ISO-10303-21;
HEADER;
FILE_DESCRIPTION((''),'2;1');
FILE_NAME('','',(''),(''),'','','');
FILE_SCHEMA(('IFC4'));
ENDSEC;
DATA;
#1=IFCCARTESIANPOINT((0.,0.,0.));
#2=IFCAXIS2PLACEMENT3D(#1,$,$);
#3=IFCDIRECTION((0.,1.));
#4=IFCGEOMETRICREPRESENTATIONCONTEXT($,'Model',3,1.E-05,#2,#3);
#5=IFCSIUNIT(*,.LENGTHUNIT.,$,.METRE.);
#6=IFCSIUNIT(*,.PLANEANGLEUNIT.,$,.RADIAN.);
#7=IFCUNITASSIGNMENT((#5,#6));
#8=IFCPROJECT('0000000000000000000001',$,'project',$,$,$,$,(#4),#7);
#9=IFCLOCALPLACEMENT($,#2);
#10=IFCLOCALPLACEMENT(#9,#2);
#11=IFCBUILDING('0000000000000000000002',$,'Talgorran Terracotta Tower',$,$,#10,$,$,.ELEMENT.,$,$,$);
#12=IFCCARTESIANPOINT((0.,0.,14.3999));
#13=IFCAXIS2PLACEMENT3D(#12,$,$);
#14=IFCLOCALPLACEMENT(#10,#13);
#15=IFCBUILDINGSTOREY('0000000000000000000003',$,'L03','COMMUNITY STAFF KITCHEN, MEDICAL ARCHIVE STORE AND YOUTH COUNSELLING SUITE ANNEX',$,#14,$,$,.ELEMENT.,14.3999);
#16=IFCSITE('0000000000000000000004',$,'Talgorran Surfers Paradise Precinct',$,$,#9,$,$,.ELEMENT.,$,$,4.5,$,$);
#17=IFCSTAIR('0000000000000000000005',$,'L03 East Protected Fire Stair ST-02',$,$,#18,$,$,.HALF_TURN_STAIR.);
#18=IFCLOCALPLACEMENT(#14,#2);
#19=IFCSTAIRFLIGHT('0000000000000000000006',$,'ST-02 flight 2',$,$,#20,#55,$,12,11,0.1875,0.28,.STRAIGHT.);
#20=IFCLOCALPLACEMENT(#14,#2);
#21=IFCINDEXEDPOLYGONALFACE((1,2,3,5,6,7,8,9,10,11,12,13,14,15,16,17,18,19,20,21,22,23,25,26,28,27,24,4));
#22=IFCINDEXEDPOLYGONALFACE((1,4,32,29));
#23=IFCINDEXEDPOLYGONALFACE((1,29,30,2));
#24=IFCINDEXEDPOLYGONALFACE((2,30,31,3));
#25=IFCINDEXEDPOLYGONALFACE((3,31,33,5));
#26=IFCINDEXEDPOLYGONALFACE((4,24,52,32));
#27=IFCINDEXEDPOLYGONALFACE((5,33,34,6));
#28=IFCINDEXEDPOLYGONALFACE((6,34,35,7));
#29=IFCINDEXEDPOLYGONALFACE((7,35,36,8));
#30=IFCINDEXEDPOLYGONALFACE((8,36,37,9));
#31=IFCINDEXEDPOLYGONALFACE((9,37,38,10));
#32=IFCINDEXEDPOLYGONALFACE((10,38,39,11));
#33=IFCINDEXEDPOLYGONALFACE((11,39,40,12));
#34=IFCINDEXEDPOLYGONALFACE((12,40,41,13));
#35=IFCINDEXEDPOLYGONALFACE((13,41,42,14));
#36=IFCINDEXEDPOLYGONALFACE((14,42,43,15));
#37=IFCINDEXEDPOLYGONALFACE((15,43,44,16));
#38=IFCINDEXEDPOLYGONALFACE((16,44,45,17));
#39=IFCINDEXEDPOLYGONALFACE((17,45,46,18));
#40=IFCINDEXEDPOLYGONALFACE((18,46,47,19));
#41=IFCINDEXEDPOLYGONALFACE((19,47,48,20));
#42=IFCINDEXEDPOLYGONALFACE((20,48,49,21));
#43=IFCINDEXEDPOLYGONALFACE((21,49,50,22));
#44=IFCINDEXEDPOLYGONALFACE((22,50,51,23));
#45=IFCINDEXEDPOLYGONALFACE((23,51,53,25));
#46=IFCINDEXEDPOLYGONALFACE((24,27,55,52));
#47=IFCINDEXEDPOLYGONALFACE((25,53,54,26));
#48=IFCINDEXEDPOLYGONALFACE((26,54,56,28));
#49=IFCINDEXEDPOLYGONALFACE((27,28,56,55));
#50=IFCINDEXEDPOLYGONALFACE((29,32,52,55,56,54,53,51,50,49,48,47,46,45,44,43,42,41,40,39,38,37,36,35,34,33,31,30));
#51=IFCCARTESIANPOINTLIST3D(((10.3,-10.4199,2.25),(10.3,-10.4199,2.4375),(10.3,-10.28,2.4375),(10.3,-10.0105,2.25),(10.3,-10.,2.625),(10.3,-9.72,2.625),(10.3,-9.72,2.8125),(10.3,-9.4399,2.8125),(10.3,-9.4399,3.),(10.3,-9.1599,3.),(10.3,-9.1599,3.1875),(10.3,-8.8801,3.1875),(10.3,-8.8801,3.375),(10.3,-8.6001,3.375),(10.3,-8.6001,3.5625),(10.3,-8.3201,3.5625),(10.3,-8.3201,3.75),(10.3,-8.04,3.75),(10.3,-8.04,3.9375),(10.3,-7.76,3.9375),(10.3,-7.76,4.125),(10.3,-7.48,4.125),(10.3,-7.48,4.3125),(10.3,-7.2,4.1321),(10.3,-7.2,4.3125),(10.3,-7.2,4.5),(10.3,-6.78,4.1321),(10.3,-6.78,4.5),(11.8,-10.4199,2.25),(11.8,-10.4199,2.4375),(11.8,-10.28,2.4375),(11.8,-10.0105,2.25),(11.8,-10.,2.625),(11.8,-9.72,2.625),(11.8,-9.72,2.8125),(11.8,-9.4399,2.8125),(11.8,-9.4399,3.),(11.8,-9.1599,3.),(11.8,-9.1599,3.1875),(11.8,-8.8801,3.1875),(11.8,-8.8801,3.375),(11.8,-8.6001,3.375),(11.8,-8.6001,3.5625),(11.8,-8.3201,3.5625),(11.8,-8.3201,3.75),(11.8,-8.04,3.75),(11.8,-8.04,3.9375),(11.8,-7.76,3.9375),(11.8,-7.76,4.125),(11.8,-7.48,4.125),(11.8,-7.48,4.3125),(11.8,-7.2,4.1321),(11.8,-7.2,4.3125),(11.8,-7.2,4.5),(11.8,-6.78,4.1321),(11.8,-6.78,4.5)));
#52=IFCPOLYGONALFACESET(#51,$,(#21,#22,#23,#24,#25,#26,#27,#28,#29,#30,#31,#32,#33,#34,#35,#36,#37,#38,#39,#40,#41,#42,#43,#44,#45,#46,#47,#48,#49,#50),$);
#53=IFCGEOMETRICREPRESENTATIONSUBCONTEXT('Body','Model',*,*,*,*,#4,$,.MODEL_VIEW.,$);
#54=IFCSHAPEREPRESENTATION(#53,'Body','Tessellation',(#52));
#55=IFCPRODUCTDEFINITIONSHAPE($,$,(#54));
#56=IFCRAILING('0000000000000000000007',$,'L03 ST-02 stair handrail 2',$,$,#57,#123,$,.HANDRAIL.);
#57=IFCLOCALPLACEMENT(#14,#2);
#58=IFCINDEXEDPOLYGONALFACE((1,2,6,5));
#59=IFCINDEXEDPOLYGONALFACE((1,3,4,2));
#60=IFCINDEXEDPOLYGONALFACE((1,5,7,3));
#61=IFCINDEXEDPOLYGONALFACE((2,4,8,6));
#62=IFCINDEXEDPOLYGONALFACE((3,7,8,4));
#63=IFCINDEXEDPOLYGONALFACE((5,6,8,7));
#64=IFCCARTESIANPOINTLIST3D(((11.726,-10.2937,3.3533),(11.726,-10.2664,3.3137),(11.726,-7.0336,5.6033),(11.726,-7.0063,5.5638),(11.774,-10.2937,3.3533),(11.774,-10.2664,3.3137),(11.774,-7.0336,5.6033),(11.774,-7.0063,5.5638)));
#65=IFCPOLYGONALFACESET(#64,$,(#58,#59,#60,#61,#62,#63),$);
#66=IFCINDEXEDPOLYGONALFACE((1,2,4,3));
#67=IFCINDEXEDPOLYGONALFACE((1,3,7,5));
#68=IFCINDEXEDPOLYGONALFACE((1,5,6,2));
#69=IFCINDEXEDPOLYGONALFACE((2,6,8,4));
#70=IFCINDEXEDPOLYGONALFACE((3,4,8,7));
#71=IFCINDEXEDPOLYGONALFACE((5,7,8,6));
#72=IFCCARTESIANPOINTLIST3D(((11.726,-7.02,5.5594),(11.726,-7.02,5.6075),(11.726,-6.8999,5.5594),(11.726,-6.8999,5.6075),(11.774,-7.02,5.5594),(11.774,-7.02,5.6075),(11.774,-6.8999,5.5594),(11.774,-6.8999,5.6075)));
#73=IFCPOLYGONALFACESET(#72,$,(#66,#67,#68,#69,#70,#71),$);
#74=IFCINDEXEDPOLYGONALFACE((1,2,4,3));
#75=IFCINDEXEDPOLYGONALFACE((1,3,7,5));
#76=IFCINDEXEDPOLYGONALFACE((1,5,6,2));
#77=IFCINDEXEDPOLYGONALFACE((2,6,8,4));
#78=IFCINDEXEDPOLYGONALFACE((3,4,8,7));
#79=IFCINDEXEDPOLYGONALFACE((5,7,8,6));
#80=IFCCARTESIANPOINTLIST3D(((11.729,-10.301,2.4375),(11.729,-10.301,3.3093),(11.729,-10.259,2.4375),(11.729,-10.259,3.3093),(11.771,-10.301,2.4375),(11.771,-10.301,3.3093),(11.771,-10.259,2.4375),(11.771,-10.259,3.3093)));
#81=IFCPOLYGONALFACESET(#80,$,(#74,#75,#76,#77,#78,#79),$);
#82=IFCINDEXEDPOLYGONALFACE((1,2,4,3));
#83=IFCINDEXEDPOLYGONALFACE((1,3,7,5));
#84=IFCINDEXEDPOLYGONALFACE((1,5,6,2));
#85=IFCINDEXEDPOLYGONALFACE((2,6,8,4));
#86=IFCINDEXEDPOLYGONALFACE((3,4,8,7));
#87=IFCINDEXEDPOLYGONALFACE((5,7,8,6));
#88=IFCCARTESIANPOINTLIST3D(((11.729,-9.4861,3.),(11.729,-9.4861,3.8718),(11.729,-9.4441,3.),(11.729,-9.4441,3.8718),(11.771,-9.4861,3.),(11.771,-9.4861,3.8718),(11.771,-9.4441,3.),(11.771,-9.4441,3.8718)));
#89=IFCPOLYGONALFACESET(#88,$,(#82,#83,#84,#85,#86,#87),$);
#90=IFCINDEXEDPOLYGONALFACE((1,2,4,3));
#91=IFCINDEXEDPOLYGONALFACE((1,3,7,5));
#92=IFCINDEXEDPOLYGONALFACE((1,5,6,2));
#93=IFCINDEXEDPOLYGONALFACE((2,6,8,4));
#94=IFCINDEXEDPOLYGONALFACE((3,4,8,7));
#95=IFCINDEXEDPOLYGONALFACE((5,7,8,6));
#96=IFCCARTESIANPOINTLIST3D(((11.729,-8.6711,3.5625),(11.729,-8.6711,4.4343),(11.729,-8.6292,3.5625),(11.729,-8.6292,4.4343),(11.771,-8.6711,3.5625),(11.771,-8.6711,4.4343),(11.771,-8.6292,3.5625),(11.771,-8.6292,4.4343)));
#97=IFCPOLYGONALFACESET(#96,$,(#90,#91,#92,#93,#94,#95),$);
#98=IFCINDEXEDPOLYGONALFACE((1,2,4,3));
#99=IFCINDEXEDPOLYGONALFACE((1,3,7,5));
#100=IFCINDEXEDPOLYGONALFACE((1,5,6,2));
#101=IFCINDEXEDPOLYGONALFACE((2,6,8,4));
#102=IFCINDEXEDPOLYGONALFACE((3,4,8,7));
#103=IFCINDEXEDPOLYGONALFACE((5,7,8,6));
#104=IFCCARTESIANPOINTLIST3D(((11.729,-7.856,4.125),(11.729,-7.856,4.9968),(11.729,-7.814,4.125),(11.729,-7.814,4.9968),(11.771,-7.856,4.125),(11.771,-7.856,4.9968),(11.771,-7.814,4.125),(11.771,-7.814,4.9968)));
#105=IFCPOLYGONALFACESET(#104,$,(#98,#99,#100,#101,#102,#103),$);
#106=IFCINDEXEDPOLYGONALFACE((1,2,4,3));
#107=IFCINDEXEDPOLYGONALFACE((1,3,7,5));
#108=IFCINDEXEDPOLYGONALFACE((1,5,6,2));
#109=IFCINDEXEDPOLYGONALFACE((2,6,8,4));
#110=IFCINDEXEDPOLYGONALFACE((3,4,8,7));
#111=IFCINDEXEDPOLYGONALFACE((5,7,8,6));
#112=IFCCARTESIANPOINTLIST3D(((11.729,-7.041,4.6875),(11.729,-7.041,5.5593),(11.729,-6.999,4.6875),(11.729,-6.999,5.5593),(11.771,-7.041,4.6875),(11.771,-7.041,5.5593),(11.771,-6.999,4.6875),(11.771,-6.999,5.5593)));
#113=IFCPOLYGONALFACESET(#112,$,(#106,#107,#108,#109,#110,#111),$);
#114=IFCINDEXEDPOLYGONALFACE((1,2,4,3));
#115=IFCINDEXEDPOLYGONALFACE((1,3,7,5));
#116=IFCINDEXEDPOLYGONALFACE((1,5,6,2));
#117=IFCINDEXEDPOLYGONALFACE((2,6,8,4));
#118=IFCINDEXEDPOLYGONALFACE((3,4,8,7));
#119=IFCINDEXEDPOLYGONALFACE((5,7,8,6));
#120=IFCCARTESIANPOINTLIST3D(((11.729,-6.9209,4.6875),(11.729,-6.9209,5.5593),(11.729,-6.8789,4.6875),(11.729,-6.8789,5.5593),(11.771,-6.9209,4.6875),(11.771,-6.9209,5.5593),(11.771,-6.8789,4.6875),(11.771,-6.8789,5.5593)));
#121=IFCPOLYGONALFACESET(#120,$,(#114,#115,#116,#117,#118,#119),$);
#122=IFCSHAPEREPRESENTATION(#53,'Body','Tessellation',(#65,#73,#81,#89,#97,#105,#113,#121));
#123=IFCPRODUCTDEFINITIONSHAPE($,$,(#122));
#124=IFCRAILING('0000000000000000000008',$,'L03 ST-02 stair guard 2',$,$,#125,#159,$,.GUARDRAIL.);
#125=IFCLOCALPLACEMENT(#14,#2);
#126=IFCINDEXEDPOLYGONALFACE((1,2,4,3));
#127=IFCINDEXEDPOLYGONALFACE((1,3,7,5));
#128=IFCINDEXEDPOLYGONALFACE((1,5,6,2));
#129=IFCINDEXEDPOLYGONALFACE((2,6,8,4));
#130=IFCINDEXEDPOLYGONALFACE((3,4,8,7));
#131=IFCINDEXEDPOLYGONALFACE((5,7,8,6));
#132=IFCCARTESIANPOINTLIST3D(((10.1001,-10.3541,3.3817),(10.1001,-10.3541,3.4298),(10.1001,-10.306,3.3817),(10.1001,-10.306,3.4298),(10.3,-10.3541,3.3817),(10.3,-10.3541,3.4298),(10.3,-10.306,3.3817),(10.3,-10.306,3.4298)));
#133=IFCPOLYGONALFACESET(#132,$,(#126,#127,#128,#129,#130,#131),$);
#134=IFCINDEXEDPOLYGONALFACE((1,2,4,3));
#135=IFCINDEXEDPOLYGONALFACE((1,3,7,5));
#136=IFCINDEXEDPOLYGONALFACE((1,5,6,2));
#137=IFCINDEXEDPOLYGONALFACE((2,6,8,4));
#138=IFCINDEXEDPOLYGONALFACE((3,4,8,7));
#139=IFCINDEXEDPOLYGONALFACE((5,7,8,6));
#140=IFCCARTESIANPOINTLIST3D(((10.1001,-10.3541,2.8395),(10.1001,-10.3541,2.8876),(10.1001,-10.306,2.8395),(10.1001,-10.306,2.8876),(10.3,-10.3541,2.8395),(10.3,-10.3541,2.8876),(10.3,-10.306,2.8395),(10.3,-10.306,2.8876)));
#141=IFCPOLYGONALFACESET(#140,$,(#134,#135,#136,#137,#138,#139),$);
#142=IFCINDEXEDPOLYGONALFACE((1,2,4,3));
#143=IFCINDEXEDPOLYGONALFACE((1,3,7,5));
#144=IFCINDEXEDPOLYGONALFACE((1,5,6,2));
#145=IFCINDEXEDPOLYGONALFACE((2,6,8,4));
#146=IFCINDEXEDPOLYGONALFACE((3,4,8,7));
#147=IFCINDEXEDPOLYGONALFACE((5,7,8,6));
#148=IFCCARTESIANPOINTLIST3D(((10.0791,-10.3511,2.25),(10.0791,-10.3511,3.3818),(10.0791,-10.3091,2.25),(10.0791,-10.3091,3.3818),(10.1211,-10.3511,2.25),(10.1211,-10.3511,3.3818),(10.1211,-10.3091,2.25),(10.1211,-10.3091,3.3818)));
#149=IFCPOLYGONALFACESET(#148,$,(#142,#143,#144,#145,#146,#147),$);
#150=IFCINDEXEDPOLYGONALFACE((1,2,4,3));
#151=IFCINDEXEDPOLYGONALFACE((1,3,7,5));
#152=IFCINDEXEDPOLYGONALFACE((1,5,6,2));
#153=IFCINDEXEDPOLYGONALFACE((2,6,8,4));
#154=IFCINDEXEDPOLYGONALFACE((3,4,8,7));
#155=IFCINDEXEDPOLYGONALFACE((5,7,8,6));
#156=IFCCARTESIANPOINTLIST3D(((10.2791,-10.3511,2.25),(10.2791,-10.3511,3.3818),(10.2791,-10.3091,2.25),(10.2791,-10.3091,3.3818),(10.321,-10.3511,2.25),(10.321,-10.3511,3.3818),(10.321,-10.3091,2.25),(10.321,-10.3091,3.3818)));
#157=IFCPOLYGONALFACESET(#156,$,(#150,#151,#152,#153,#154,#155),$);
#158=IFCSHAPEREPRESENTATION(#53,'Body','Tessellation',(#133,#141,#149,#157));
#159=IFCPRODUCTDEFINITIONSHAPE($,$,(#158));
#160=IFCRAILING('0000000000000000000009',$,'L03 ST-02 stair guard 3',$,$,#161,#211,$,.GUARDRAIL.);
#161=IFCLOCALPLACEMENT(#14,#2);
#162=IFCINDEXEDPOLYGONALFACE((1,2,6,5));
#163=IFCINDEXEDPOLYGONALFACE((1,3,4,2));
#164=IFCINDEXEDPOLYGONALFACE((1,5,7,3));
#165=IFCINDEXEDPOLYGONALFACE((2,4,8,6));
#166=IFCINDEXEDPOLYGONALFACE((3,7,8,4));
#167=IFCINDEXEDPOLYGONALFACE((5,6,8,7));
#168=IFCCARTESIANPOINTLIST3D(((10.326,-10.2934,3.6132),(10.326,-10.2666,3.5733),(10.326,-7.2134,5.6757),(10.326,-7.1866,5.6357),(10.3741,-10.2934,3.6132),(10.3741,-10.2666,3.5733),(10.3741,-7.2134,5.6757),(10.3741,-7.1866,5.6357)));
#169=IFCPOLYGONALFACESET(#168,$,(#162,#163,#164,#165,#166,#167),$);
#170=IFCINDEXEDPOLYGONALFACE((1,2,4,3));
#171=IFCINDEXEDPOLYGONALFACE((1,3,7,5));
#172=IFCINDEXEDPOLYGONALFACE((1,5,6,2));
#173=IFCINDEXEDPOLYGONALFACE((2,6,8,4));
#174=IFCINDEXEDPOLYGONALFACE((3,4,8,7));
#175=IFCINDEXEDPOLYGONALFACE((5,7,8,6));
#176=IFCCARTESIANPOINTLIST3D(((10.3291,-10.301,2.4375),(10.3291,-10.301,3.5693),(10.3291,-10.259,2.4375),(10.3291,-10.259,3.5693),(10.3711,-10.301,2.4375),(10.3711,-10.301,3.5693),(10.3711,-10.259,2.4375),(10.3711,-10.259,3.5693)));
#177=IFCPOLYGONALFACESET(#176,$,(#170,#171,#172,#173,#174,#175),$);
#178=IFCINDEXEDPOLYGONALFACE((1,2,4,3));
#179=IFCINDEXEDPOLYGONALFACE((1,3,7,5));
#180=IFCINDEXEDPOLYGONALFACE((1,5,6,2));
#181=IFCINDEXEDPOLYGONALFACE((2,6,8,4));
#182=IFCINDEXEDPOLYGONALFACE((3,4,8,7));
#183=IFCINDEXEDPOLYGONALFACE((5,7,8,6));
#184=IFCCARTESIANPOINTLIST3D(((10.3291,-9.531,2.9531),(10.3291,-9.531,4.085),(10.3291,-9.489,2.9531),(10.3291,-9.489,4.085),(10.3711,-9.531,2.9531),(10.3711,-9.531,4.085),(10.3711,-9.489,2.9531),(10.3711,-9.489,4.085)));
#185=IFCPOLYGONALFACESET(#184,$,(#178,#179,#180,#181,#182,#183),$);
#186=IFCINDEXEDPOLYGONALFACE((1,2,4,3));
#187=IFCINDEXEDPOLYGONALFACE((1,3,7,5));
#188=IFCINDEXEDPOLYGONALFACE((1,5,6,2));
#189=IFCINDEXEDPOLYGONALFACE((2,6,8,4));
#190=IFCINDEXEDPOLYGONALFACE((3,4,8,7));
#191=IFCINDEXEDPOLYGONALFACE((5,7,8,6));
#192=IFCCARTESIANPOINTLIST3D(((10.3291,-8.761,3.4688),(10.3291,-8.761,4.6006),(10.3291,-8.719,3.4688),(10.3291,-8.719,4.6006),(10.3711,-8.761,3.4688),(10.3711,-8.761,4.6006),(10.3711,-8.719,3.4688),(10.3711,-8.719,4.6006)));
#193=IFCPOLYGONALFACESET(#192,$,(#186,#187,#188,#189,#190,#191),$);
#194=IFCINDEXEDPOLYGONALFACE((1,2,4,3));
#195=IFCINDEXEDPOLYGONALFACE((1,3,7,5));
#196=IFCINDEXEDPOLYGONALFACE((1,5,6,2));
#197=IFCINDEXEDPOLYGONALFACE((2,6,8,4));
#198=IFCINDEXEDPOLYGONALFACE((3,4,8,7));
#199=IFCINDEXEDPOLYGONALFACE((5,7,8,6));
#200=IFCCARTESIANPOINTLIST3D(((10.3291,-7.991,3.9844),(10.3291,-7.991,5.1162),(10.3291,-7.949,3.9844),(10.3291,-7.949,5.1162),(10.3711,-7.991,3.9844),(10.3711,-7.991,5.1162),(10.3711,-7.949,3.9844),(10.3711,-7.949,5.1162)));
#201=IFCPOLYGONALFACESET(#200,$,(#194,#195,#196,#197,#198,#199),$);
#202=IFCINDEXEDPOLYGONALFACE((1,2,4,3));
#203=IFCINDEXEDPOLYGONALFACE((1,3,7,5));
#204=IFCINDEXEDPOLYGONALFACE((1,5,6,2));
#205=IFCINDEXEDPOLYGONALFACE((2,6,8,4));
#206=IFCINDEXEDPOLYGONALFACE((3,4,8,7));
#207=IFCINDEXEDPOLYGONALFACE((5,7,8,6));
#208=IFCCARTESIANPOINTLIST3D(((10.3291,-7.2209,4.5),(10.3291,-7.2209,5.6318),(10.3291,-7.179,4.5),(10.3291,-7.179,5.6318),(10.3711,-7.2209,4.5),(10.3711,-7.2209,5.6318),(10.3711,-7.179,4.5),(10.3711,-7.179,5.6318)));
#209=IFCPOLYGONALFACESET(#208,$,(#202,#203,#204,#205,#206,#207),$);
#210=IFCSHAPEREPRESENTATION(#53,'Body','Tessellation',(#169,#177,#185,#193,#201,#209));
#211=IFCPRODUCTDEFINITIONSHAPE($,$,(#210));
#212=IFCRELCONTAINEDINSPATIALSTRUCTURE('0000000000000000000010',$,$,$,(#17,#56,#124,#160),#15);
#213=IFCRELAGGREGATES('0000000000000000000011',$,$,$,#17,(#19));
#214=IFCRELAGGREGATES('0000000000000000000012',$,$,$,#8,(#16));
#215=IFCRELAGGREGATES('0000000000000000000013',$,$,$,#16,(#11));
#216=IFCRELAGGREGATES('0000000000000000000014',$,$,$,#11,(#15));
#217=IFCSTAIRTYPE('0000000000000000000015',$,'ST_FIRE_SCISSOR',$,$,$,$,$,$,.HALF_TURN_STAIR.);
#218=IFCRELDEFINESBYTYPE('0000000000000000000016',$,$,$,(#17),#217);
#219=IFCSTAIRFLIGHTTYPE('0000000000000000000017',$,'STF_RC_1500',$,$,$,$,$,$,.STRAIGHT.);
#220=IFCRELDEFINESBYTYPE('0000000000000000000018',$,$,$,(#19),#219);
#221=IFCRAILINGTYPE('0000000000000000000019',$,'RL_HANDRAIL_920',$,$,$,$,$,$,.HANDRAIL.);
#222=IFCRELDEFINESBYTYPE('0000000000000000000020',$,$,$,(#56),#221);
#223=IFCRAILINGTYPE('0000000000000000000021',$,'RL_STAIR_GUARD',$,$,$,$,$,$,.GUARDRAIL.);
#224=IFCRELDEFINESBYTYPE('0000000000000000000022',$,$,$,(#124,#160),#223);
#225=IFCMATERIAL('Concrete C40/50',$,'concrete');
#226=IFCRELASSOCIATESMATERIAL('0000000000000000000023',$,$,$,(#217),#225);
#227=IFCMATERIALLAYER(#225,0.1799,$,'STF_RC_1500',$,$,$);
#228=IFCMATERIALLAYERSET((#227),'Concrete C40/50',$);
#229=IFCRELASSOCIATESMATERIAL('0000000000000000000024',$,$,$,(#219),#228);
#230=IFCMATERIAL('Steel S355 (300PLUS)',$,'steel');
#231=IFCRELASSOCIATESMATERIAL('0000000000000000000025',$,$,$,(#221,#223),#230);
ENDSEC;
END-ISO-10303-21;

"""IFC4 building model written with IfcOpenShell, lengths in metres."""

from ifc_helpers import new_model, si_unit, direction, frame, origin, origin_2d, place, context, subcontext, project, spatial, polyline, rectangle, outline, extrude, material, layer, layer_set, type_object, element, aggregate, save


model = new_model("IFC4")

# Units and contexts
model_context = context("Model", 3, precision=1e-05, world=origin(), true_north=direction((0.0, 1.0)))
body_context = subcontext(model_context, "Body", "Model", "MODEL_VIEW")
ifc_project = project(units=[si_unit("LENGTHUNIT", "METRE"), si_unit("PLANEANGLEUNIT", "RADIAN")], contexts=[model_context])

# Site, building, storey
site_placement = place(None, origin())
site = spatial("IfcSite", under=ifc_project, at=site_placement, Name="Talgorran Surfers Paradise Precinct", CompositionType="ELEMENT", RefElevation=4.5)
building_placement = place(site_placement, origin())
building = spatial("IfcBuilding", under=site, at=building_placement, Name="Talgorran Terracotta Tower", CompositionType="ELEMENT")
storey_placement = place(building_placement, frame((0.0, 0.0, 14.3999)))
storey = spatial("IfcBuildingStorey", under=building, at=storey_placement, Name="L03", Description="COMMUNITY STAFF KITCHEN, MEDICAL ARCHIVE STORE AND YOUTH COUNSELLING SUITE ANNEX", CompositionType="ELEMENT", Elevation=14.3999)

# Shared definitions
ifc_material_1 = material(Name="Steel S355 (300PLUS)", Category="steel")

# Stair, stair flight
ifc_material_2 = material(Name="Concrete C40/50", Category="concrete")
stair_type = type_object("IfcStairType", Name="ST_FIRE_SCISSOR", PredefinedType="HALF_TURN_STAIR", material=ifc_material_2)
stair_placement = place(storey_placement, origin())
stair = element("IfcStair", 1, at=stair_placement, inside=storey, type_object=stair_type, Name="L03 East Protected Fire Stair ST-02", PredefinedType="HALF_TURN_STAIR")
ifc_layer_1 = layer(ifc_material_2, 0.1799, Name="STF_RC_1500")
ifc_layer_set_1 = layer_set([ifc_layer_1], Name="Concrete C40/50")
stair_flight_type = type_object("IfcStairFlightType", Name="STF_RC_1500", PredefinedType="STRAIGHT", material=ifc_layer_set_1)
stair_flight_placement = place(storey_placement, frame((11.05, -10.28, 2.25), z_axis=(0.0, 0.0, 1.0), x_axis=(0.0, 1.0, 0.0)))
stair_flight = element("IfcStairFlight", 2, at=stair_flight_placement, type_object=stair_flight_type, Name="ST-02 flight 2", NumberOfRisers=12, NumberOfTreads=11, PredefinedType="STRAIGHT", RiserHeight=0.1875, TreadLength=0.28, context=body_context, shape_type="SweptSolid", body=[
    extrude(outline(polyline([(-0.1399, 0.0), (-0.1399, 0.1875), (0.0, 0.1875), (0.28, 0.375), (0.5601, 0.375), (0.5601, 0.5625), (0.8401, 0.5625), (0.8401, 0.75), (1.1201, 0.75), (1.1201, 0.9375), (1.3999, 0.9375), (1.3999, 1.125), (1.6799, 1.125), (1.6799, 1.3125), (1.96, 1.3125), (1.96, 1.5), (2.24, 1.5), (2.24, 1.6875), (2.52, 1.6875), (2.52, 1.875), (2.8, 1.875), (2.8, 2.0625), (3.0801, 2.0625), (3.0801, 2.25), (3.5, 2.25), (3.5, 1.8821), (3.0801, 1.8821), (0.2695, 0.0), (-0.1399, 0.0)])), frame((0.0, 0.75, 0.0), z_axis=(0.0, -1.0, 0.0), x_axis=(1.0, 0.0, 0.0)), (0.0, 0.0, 1.0), 1.5),
])
aggregate(stair, [stair_flight])

# Railings
railing_type_1 = type_object("IfcRailingType", Name="RL_HANDRAIL_920", PredefinedType="HANDRAIL", material=ifc_material_1)
railing_1_placement = place(storey_placement, frame((11.75, -10.28, 2.4375)))
element("IfcRailing", 3, at=railing_1_placement, inside=storey, type_object=railing_type_1, Name="L03 ST-02 stair handrail 2", PredefinedType="HANDRAIL", context=body_context, shape_type="SweptSolid", body=[
    extrude(rectangle(XDim=0.0481, YDim=0.0481, at=origin_2d()), frame((0.0, 0.0, 0.896), z_axis=(0.0, 0.82301, 0.568027), x_axis=(-1.0, 0.0, 0.0)), (0.0, 0.0, 1.0), 3.9612),
    extrude(rectangle(XDim=0.0481, YDim=0.0481, at=origin_2d()), frame((0.0, 3.26, 3.146), z_axis=(0.0, 1.0, 0.0), x_axis=(-1.0, 0.0, 0.0)), (0.0, 0.0, 1.0), 0.1201),
    extrude(rectangle(XDim=0.042, YDim=0.042, at=origin_2d()), origin(), (0.0, 0.0, 1.0), 0.8718),
    extrude(rectangle(XDim=0.042, YDim=0.042, at=origin_2d()), frame((0.0, 0.8149, 0.5625)), (0.0, 0.0, 1.0), 0.8718),
    extrude(rectangle(XDim=0.042, YDim=0.042, at=origin_2d()), frame((0.0, 1.6299, 1.125)), (0.0, 0.0, 1.0), 0.8718),
    extrude(rectangle(XDim=0.042, YDim=0.042, at=origin_2d()), frame((0.0, 2.4451, 1.6875)), (0.0, 0.0, 1.0), 0.8718),
    extrude(rectangle(XDim=0.042, YDim=0.042, at=origin_2d()), frame((0.0, 3.26, 2.25)), (0.0, 0.0, 1.0), 0.8718),
    extrude(rectangle(XDim=0.042, YDim=0.042, at=origin_2d()), frame((0.0, 3.3801, 2.25)), (0.0, 0.0, 1.0), 0.8718),
])
railing_type_2 = type_object("IfcRailingType", Name="RL_STAIR_GUARD", PredefinedType="GUARDRAIL", material=ifc_material_1)
railing_2_placement = place(storey_placement, frame((10.1001, -10.3301, 2.25)))
element("IfcRailing", 4, at=railing_2_placement, inside=storey, type_object=railing_type_2, Name="L03 ST-02 stair guard 2", PredefinedType="GUARDRAIL", context=body_context, shape_type="SweptSolid", body=[
    extrude(rectangle(XDim=0.0481, YDim=0.0481, at=origin_2d()), frame((0.0, 0.0, 1.1558), z_axis=(1.0, 0.0, 0.0), x_axis=(0.0, 1.0, 0.0)), (0.0, 0.0, 1.0), 0.2),
    extrude(rectangle(XDim=0.0481, YDim=0.0481, at=origin_2d()), frame((0.0, 0.0, 0.6135), z_axis=(1.0, 0.0, 0.0), x_axis=(0.0, 1.0, 0.0)), (0.0, 0.0, 1.0), 0.2),
    extrude(rectangle(XDim=0.042, YDim=0.042, at=origin_2d()), origin(), (0.0, 0.0, 1.0), 1.1318),
    extrude(rectangle(XDim=0.042, YDim=0.042, at=origin_2d()), frame((0.2, 0.0, 0.0)), (0.0, 0.0, 1.0), 1.1318),
])
railing_3_placement = place(storey_placement, frame((10.3501, -10.28, 2.4375)))
element("IfcRailing", 5, at=railing_3_placement, inside=storey, type_object=railing_type_2, Name="L03 ST-02 stair guard 3", PredefinedType="GUARDRAIL", context=body_context, shape_type="SweptSolid", body=[
    extrude(rectangle(XDim=0.0481, YDim=0.0481, at=origin_2d()), frame((0.0, 0.0, 1.1558), z_axis=(0.0, 0.830914, 0.556401), x_axis=(-1.0, 0.0, 0.0)), (0.0, 0.0, 1.0), 3.7068),
    extrude(rectangle(XDim=0.042, YDim=0.042, at=origin_2d()), origin(), (0.0, 0.0, 1.0), 1.1318),
    extrude(rectangle(XDim=0.042, YDim=0.042, at=origin_2d()), frame((0.0, 0.77, 0.5156)), (0.0, 0.0, 1.0), 1.1318),
    extrude(rectangle(XDim=0.042, YDim=0.042, at=origin_2d()), frame((0.0, 1.54, 1.0312)), (0.0, 0.0, 1.0), 1.1318),
    extrude(rectangle(XDim=0.042, YDim=0.042, at=origin_2d()), frame((0.0, 2.3101, 1.5469)), (0.0, 0.0, 1.0), 1.1318),
    extrude(rectangle(XDim=0.042, YDim=0.042, at=origin_2d()), frame((0.0, 3.0801, 2.0625)), (0.0, 0.0, 1.0), 1.1318),
])

save(model, "model.ifc")
